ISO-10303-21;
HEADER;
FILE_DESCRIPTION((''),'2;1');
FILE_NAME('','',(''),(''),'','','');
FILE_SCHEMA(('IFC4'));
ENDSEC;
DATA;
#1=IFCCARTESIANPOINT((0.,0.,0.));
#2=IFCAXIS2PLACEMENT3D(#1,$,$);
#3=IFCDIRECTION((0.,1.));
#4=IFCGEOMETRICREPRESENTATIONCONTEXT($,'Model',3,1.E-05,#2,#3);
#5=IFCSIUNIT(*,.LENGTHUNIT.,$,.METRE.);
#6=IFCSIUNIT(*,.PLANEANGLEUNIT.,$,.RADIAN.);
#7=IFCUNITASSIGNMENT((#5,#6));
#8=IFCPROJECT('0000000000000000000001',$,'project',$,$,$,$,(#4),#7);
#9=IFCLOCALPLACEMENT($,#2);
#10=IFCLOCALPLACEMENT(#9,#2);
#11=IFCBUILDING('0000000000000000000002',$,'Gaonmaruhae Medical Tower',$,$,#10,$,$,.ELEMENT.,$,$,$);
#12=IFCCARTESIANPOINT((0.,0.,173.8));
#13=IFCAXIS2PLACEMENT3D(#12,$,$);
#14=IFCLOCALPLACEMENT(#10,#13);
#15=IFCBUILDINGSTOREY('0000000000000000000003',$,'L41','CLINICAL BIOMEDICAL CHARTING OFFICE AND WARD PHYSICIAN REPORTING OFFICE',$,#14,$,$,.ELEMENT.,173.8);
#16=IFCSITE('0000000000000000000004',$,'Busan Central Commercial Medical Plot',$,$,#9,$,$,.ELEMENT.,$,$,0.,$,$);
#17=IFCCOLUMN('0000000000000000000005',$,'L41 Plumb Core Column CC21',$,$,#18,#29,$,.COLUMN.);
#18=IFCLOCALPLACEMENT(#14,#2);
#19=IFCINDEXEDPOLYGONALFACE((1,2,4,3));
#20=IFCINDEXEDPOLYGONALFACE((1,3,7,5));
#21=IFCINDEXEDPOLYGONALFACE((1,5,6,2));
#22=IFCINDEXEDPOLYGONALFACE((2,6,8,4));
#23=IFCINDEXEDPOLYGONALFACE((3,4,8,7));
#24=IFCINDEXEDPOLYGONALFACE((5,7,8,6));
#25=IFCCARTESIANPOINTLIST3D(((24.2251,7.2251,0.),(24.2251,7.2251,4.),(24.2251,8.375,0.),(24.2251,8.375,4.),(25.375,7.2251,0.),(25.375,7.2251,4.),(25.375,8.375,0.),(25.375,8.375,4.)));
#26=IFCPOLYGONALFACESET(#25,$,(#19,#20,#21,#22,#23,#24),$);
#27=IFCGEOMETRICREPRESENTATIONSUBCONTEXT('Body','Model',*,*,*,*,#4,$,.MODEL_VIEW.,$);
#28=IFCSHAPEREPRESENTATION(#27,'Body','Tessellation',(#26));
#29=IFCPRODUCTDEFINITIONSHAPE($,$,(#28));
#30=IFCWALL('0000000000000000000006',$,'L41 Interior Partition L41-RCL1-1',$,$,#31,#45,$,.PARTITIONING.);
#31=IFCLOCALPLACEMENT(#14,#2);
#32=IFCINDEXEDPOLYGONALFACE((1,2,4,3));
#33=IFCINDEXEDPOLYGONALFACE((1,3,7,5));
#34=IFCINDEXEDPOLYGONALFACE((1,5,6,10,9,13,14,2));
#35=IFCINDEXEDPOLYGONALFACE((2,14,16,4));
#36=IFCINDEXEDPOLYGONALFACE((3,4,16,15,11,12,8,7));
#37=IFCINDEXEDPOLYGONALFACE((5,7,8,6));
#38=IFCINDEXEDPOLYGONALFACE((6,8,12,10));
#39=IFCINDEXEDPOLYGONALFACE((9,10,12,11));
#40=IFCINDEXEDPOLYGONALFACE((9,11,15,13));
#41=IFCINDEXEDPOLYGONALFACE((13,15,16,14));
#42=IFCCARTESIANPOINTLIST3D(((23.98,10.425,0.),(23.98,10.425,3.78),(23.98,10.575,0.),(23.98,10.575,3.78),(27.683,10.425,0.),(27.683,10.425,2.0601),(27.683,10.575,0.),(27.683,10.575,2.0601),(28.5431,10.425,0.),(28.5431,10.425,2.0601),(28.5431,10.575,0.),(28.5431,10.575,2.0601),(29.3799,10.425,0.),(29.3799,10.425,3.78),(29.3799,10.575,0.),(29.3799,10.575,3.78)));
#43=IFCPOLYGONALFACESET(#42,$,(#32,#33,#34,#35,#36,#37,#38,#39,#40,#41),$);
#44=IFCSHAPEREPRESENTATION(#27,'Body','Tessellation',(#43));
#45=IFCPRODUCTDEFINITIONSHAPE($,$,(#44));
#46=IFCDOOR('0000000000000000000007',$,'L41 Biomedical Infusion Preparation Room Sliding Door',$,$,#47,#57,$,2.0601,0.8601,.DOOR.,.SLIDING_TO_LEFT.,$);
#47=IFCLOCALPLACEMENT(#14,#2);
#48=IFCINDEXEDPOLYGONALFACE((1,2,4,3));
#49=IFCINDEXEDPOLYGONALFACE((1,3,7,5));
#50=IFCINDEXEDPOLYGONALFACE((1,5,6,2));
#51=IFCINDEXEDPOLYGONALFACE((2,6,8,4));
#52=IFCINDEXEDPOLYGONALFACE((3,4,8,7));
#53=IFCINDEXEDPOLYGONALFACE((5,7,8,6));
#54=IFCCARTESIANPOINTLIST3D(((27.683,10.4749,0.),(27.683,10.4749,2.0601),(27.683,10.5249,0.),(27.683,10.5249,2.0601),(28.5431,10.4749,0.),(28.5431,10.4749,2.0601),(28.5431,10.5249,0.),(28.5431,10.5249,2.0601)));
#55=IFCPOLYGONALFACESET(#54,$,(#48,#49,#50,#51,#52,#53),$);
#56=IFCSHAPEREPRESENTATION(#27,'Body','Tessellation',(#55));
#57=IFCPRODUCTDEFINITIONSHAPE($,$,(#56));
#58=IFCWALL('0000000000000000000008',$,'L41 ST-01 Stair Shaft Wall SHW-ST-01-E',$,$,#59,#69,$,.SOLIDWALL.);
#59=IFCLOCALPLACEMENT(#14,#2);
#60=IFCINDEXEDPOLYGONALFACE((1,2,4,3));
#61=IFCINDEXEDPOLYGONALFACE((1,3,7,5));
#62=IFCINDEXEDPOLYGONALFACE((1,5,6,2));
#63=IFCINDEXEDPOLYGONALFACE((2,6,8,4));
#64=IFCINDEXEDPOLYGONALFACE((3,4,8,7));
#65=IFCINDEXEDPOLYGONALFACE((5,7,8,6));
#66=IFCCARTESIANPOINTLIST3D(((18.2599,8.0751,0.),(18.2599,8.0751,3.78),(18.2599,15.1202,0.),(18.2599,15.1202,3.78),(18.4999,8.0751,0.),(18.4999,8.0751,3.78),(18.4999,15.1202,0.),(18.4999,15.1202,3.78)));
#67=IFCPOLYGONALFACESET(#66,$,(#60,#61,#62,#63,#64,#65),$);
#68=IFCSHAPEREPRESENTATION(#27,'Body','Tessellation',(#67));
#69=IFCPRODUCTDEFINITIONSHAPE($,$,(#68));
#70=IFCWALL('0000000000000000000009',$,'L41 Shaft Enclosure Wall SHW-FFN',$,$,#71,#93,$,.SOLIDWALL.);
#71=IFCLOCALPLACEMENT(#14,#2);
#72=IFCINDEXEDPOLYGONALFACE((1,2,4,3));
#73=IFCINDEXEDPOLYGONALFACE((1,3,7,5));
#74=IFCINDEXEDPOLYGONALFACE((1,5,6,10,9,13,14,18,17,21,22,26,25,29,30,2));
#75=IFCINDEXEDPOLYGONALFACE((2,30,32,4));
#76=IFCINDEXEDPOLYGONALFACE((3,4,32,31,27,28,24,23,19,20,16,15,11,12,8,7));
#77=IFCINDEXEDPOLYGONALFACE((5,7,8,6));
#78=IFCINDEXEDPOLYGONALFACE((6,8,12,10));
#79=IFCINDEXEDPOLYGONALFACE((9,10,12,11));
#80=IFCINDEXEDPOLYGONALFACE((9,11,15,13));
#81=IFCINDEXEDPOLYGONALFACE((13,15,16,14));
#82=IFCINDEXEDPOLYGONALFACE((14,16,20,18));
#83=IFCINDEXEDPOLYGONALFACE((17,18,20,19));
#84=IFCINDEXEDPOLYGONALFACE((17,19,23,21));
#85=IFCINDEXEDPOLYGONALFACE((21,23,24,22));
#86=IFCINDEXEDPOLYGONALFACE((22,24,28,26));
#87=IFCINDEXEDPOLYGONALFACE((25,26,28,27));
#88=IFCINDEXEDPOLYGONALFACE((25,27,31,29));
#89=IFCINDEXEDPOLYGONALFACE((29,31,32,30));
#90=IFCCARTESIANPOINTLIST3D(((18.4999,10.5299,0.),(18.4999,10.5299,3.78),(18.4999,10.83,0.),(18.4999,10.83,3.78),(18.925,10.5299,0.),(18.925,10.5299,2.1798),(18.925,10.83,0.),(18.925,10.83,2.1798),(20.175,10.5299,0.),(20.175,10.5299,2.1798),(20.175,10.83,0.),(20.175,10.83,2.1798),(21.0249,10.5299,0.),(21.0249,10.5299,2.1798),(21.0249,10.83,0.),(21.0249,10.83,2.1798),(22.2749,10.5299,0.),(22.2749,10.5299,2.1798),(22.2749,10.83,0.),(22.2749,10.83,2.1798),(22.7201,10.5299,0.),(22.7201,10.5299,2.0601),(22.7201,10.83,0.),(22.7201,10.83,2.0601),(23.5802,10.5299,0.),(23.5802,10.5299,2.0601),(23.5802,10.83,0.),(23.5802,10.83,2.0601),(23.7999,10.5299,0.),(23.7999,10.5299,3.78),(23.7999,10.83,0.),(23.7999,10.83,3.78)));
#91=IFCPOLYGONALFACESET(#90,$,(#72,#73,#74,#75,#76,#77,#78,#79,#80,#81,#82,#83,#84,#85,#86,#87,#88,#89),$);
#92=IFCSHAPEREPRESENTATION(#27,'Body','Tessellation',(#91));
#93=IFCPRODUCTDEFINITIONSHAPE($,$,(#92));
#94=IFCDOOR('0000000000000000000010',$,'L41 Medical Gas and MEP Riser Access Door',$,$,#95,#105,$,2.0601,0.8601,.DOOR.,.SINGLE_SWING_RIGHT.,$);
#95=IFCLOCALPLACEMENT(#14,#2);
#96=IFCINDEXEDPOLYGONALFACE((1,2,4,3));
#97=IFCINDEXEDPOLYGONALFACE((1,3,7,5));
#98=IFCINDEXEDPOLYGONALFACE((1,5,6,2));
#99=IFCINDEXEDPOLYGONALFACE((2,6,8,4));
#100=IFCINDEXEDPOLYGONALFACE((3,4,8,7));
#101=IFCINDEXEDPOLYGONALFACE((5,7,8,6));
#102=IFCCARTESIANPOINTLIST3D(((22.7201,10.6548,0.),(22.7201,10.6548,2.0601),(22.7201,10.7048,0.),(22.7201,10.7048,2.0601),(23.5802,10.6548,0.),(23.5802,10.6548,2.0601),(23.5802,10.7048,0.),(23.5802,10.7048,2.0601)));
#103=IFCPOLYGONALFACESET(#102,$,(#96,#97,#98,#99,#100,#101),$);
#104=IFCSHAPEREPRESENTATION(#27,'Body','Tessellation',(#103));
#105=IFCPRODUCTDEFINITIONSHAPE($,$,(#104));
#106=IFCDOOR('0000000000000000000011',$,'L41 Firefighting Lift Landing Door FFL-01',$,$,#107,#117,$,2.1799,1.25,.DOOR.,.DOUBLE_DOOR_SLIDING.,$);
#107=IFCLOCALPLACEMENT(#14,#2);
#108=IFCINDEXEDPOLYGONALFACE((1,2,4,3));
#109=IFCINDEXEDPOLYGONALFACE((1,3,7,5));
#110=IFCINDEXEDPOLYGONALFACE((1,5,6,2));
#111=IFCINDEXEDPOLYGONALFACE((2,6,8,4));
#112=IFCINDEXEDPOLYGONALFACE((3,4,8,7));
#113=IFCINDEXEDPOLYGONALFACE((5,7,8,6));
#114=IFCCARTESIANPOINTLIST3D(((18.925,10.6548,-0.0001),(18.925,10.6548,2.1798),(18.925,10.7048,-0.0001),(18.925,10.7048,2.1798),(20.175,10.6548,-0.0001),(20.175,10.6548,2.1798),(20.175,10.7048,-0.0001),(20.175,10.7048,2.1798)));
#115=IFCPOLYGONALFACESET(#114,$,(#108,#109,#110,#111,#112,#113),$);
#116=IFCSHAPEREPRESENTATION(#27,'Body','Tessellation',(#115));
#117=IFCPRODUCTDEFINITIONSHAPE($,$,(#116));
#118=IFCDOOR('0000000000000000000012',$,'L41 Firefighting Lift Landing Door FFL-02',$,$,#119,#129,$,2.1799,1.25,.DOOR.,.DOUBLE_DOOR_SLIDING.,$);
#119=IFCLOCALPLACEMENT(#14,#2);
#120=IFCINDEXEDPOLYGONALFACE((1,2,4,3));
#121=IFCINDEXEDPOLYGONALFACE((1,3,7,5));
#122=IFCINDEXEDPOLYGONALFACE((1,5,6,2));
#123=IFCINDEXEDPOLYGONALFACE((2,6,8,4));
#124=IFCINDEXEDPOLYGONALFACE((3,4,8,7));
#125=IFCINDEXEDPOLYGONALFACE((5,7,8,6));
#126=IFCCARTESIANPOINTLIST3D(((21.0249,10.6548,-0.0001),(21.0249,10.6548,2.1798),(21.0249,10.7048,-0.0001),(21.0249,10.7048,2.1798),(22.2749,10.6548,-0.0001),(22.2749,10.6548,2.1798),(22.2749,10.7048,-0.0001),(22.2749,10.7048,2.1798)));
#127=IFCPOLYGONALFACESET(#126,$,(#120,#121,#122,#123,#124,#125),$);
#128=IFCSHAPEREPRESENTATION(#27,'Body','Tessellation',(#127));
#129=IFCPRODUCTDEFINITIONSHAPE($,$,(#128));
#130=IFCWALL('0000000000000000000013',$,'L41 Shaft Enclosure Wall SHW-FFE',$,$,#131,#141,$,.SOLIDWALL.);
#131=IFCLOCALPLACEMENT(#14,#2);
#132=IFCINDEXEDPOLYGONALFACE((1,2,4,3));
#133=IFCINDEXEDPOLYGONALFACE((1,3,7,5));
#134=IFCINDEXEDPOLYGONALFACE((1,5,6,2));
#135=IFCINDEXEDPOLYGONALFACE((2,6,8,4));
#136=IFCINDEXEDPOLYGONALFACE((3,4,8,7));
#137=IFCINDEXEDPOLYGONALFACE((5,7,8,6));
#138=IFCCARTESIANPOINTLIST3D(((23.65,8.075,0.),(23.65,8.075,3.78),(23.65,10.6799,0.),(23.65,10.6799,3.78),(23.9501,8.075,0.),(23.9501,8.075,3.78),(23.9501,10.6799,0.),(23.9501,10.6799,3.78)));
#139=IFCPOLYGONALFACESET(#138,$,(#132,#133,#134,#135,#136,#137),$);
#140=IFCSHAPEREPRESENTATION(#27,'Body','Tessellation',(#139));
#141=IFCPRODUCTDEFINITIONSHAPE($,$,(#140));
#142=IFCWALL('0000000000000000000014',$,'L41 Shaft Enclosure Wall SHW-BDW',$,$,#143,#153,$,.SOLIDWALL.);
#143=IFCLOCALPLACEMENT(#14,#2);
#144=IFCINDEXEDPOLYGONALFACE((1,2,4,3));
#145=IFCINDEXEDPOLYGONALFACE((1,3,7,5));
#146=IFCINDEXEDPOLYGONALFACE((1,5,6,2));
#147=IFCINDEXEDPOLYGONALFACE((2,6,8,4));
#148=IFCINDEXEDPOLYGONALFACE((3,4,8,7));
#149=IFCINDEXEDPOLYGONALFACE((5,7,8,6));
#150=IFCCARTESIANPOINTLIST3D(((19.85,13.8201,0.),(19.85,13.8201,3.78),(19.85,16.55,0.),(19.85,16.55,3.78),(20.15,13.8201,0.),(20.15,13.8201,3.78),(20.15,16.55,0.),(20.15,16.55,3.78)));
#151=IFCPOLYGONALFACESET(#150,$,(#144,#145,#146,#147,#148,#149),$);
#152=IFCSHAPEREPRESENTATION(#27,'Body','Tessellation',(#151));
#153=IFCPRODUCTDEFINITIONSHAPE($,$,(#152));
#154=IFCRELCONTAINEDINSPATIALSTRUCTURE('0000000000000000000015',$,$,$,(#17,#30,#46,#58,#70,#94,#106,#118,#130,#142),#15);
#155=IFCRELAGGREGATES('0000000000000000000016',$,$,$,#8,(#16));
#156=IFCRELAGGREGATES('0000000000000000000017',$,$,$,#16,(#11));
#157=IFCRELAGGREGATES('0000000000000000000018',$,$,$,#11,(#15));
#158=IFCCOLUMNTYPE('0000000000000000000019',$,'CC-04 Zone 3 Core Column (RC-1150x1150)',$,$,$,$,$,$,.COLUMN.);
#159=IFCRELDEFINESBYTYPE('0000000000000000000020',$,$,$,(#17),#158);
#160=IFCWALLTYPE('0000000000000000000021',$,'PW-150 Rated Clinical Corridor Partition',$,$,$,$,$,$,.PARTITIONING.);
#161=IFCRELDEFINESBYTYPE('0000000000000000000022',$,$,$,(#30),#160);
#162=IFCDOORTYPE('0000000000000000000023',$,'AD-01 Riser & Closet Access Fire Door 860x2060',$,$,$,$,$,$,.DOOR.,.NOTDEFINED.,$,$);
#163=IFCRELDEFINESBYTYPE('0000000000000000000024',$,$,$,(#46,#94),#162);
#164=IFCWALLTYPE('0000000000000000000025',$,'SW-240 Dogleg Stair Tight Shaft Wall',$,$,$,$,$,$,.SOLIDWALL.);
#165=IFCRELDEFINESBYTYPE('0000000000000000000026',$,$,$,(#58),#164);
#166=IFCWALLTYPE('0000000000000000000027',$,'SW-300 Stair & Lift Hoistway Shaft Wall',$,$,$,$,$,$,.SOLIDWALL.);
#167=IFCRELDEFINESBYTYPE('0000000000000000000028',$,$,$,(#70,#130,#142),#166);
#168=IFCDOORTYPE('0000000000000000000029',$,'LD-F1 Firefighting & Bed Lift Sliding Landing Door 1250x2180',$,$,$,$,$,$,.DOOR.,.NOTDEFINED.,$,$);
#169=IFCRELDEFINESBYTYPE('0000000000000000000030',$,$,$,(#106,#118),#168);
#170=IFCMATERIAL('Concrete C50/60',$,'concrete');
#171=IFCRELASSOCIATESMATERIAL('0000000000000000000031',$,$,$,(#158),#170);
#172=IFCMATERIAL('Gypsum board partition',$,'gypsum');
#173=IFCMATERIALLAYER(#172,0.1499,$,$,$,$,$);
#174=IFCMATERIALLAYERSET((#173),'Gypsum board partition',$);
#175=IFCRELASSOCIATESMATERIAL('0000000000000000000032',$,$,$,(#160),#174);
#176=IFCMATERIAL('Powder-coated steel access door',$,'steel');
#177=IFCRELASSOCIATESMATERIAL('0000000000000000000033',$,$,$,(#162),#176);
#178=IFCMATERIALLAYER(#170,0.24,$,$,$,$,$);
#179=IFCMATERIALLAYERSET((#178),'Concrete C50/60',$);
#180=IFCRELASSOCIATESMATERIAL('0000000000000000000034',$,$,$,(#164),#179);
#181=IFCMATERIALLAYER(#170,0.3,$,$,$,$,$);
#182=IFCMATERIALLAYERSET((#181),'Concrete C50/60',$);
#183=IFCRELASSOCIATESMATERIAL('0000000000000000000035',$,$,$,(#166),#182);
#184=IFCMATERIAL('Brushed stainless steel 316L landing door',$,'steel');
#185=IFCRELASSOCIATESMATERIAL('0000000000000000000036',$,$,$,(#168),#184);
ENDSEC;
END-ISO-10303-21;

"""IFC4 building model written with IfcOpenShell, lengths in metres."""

from ifc_helpers import new_model, si_unit, direction, frame, frame_2d, origin, origin_2d, place, context, subcontext, project, spatial, rectangle, extrude, material, layer, layer_set, material_profile, profile_set, type_object, element, fill, save


model = new_model("IFC4")

# Units and contexts
model_context = context("Model", 3, precision=1e-05, world=origin(), true_north=direction((0.0, 1.0)))
body_context = subcontext(model_context, "Body", "Model", "MODEL_VIEW")
ifc_project = project(units=[si_unit("LENGTHUNIT", "METRE"), si_unit("PLANEANGLEUNIT", "RADIAN")], contexts=[model_context])

# Site, building, storey
site_placement = place(None, origin())
site = spatial("IfcSite", under=ifc_project, at=site_placement, Name="Busan Central Commercial Medical Plot", CompositionType="ELEMENT", RefElevation=0.0)
building_placement = place(site_placement, origin())
building = spatial("IfcBuilding", under=site, at=building_placement, Name="Gaonmaruhae Medical Tower", CompositionType="ELEMENT")
storey_placement = place(building_placement, frame((0.0, 0.0, 173.8)))
storey = spatial("IfcBuildingStorey", under=building, at=storey_placement, Name="L41", Description="CLINICAL BIOMEDICAL CHARTING OFFICE AND WARD PHYSICIAN REPORTING OFFICE", CompositionType="ELEMENT", Elevation=173.8)

# Column
ifc_material_1 = material(Name="Concrete C50/60", Category="concrete")
ifc_material_profile = material_profile(ifc_material_1, rectangle(XDim=1.1499, YDim=1.1499, at=origin_2d()), Name="RC-1150x1150")
ifc_profile_set = profile_set([ifc_material_profile], Name="Concrete C50/60")
column_type = type_object("IfcColumnType", Name="CC-04 Zone 3 Core Column (RC-1150x1150)", PredefinedType="COLUMN", material=ifc_profile_set)
column_placement = place(storey_placement, frame((24.8, 7.8, 0.0), z_axis=(0.0, 0.0, 1.0), x_axis=(1.0, 0.0, 0.0)))
element("IfcColumn", 1, at=column_placement, inside=storey, type_object=column_type, Name="L41 Plumb Core Column CC21", PredefinedType="COLUMN", context=body_context, shape_type="SweptSolid", body=[
    extrude(rectangle(XDim=1.1499, YDim=1.1499, at=origin_2d()), origin(), (0.0, 0.0, 1.0), 4.0),
])

# Wall, opening, door
ifc_material_2 = material(Name="Gypsum board partition", Category="gypsum")
ifc_layer_1 = layer(ifc_material_2, 0.1499)
ifc_layer_set_1 = layer_set([ifc_layer_1], Name="Gypsum board partition")
wall_type_1 = type_object("IfcWallType", Name="PW-150 Rated Clinical Corridor Partition", PredefinedType="PARTITIONING", material=ifc_layer_set_1)
wall_1_placement = place(storey_placement, frame((23.98, 10.5, 0.0), z_axis=(0.0, 0.0, 1.0), x_axis=(1.0, 0.0, 0.0)))
wall_1 = element("IfcWall", 2, at=wall_1_placement, inside=storey, type_object=wall_type_1, Name="L41 Interior Partition L41-RCL1-1", PredefinedType="PARTITIONING", context=body_context, shape_type="SweptSolid", body=[
    extrude(rectangle(XDim=5.3999, YDim=0.1499, at=frame_2d((2.7, 0.0))), origin(), (0.0, 0.0, 1.0), 3.78),
])
opening_1_placement = place(wall_1_placement, frame((3.7029, 0.0, 0.0)))
opening_1 = element("IfcOpeningElement", 3, at=opening_1_placement, cuts=wall_1, PredefinedType="OPENING", context=body_context, shape_type="SweptSolid", body=[
    extrude(rectangle(XDim=0.8601, YDim=2.0601, at=frame_2d((0.4302, 1.03))), frame((0.0, 0.085, 0.0), z_axis=(0.0, -1.0, 0.0), x_axis=(1.0, 0.0, 0.0)), (0.0, 0.0, 1.0), 0.1699),
])
ifc_material_3 = material(Name="Powder-coated steel access door", Category="steel")
door_type_1 = type_object("IfcDoorType", Name="AD-01 Riser & Closet Access Fire Door 860x2060", OperationType="NOTDEFINED", PredefinedType="DOOR", material=ifc_material_3)
door_1_placement = place(opening_1_placement, origin())
door_1 = element("IfcDoor", 4, at=door_1_placement, inside=storey, type_object=door_type_1, Name="L41 Biomedical Infusion Preparation Room Sliding Door", OperationType="SLIDING_TO_LEFT", OverallHeight=2.0601, OverallWidth=0.8601, PredefinedType="DOOR", context=body_context, shape_type="SweptSolid", body=[
    extrude(rectangle(XDim=0.8601, YDim=2.0601, at=frame_2d((0.4302, 1.03))), frame((0.0, 0.0249, 0.0), z_axis=(0.0, -1.0, 0.0), x_axis=(1.0, 0.0, 0.0)), (0.0, 0.0, 1.0), 0.05),
])
fill(opening_1, door_1)

# Wall
ifc_layer_2 = layer(ifc_material_1, 0.24)
ifc_layer_set_2 = layer_set([ifc_layer_2], Name="Concrete C50/60")
wall_type_2 = type_object("IfcWallType", Name="SW-240 Dogleg Stair Tight Shaft Wall", PredefinedType="SOLIDWALL", material=ifc_layer_set_2)
wall_2_placement = place(storey_placement, frame((18.3799, 15.1201, 0.0), z_axis=(0.0, 0.0, 1.0), x_axis=(0.0, -1.0, 0.0)))
element("IfcWall", 5, at=wall_2_placement, inside=storey, type_object=wall_type_2, Name="L41 ST-01 Stair Shaft Wall SHW-ST-01-E", PredefinedType="SOLIDWALL", context=body_context, shape_type="SweptSolid", body=[
    extrude(rectangle(XDim=7.0452, YDim=0.24, at=frame_2d((3.5225, 0.0))), origin(), (0.0, 0.0, 1.0), 3.78),
])

# Wall, openings, doors
ifc_layer_3 = layer(ifc_material_1, 0.3)
ifc_layer_set_3 = layer_set([ifc_layer_3], Name="Concrete C50/60")
wall_type_3 = type_object("IfcWallType", Name="SW-300 Stair & Lift Hoistway Shaft Wall", PredefinedType="SOLIDWALL", material=ifc_layer_set_3)
ifc_material_4 = material(Name="Brushed stainless steel 316L landing door", Category="steel")
door_type_2 = type_object("IfcDoorType", Name="LD-F1 Firefighting & Bed Lift Sliding Landing Door 1250x2180", OperationType="NOTDEFINED", PredefinedType="DOOR", material=ifc_material_4)
wall_3_placement = place(storey_placement, frame((18.5, 10.6799, 0.0), z_axis=(0.0, 0.0, 1.0), x_axis=(1.0, 0.0, 0.0)))
wall_3 = element("IfcWall", 6, at=wall_3_placement, inside=storey, type_object=wall_type_3, Name="L41 Shaft Enclosure Wall SHW-FFN", PredefinedType="SOLIDWALL", context=body_context, shape_type="SweptSolid", body=[
    extrude(rectangle(XDim=5.3, YDim=0.3, at=frame_2d((2.6499, 0.0))), origin(), (0.0, 0.0, 1.0), 3.78),
])
opening_2_placement = place(wall_3_placement, frame((4.22, 0.0, 0.0)))
opening_2 = element("IfcOpeningElement", 7, at=opening_2_placement, cuts=wall_3, PredefinedType="OPENING", context=body_context, shape_type="SweptSolid", body=[
    extrude(rectangle(XDim=0.8601, YDim=2.0601, at=frame_2d((0.4302, 1.03))), frame((0.0, 0.1602, 0.0), z_axis=(0.0, -1.0, 0.0), x_axis=(1.0, 0.0, 0.0)), (0.0, 0.0, 1.0), 0.3201),
])
opening_3_placement = place(wall_3_placement, frame((0.425, 0.0, 0.0)))
opening_3 = element("IfcOpeningElement", 8, at=opening_3_placement, cuts=wall_3, PredefinedType="OPENING", context=body_context, shape_type="SweptSolid", body=[
    extrude(rectangle(XDim=1.25, YDim=2.1799, at=frame_2d((0.625, 1.0898))), frame((0.0, 0.1602, 0.0), z_axis=(0.0, -1.0, 0.0), x_axis=(1.0, 0.0, 0.0)), (0.0, 0.0, 1.0), 0.3201),
])
opening_4_placement = place(wall_3_placement, frame((2.5249, 0.0, 0.0)))
opening_4 = element("IfcOpeningElement", 9, at=opening_4_placement, cuts=wall_3, PredefinedType="OPENING", context=body_context, shape_type="SweptSolid", body=[
    extrude(rectangle(XDim=1.25, YDim=2.1799, at=frame_2d((0.625, 1.0898))), frame((0.0, 0.1602, 0.0), z_axis=(0.0, -1.0, 0.0), x_axis=(1.0, 0.0, 0.0)), (0.0, 0.0, 1.0), 0.3201),
])
door_2_placement = place(opening_2_placement, origin())
door_2 = element("IfcDoor", 10, at=door_2_placement, inside=storey, type_object=door_type_1, Name="L41 Medical Gas and MEP Riser Access Door", OperationType="SINGLE_SWING_RIGHT", OverallHeight=2.0601, OverallWidth=0.8601, PredefinedType="DOOR", context=body_context, shape_type="SweptSolid", body=[
    extrude(rectangle(XDim=0.8601, YDim=2.0601, at=frame_2d((0.4302, 1.03))), frame((0.0, 0.0249, 0.0), z_axis=(0.0, -1.0, 0.0), x_axis=(1.0, 0.0, 0.0)), (0.0, 0.0, 1.0), 0.05),
])
fill(opening_2, door_2)
door_3_placement = place(opening_3_placement, origin())
door_3 = element("IfcDoor", 11, at=door_3_placement, inside=storey, type_object=door_type_2, Name="L41 Firefighting Lift Landing Door FFL-01", OperationType="DOUBLE_DOOR_SLIDING", OverallHeight=2.1799, OverallWidth=1.25, PredefinedType="DOOR", context=body_context, shape_type="SweptSolid", body=[
    extrude(rectangle(XDim=1.25, YDim=2.1799, at=frame_2d((0.625, 1.0898))), frame((0.0, 0.0249, 0.0), z_axis=(0.0, -1.0, 0.0), x_axis=(1.0, 0.0, 0.0)), (0.0, 0.0, 1.0), 0.05),
])
fill(opening_3, door_3)
door_4_placement = place(opening_4_placement, origin())
door_4 = element("IfcDoor", 12, at=door_4_placement, inside=storey, type_object=door_type_2, Name="L41 Firefighting Lift Landing Door FFL-02", OperationType="DOUBLE_DOOR_SLIDING", OverallHeight=2.1799, OverallWidth=1.25, PredefinedType="DOOR", context=body_context, shape_type="SweptSolid", body=[
    extrude(rectangle(XDim=1.25, YDim=2.1799, at=frame_2d((0.625, 1.0898))), frame((0.0, 0.0249, 0.0), z_axis=(0.0, -1.0, 0.0), x_axis=(1.0, 0.0, 0.0)), (0.0, 0.0, 1.0), 0.05),
])
fill(opening_4, door_4)

# Walls
wall_4_placement = place(storey_placement, frame((23.8, 8.075, 0.0), z_axis=(0.0, 0.0, 1.0), x_axis=(0.0, 1.0, 0.0)))
element("IfcWall", 13, at=wall_4_placement, inside=storey, type_object=wall_type_3, Name="L41 Shaft Enclosure Wall SHW-FFE", PredefinedType="SOLIDWALL", context=body_context, shape_type="SweptSolid", body=[
    extrude(rectangle(XDim=2.605, YDim=0.3, at=frame_2d((1.3025, 0.0))), origin(), (0.0, 0.0, 1.0), 3.78),
])
wall_5_placement = place(storey_placement, frame((20.0, 13.8201, 0.0), z_axis=(0.0, 0.0, 1.0), x_axis=(0.0, 1.0, 0.0)))
element("IfcWall", 14, at=wall_5_placement, inside=storey, type_object=wall_type_3, Name="L41 Shaft Enclosure Wall SHW-BDW", PredefinedType="SOLIDWALL", context=body_context, shape_type="SweptSolid", body=[
    extrude(rectangle(XDim=2.73, YDim=0.3, at=frame_2d((1.365, 0.0))), origin(), (0.0, 0.0, 1.0), 3.78),
])

save(model, "model.ifc")
